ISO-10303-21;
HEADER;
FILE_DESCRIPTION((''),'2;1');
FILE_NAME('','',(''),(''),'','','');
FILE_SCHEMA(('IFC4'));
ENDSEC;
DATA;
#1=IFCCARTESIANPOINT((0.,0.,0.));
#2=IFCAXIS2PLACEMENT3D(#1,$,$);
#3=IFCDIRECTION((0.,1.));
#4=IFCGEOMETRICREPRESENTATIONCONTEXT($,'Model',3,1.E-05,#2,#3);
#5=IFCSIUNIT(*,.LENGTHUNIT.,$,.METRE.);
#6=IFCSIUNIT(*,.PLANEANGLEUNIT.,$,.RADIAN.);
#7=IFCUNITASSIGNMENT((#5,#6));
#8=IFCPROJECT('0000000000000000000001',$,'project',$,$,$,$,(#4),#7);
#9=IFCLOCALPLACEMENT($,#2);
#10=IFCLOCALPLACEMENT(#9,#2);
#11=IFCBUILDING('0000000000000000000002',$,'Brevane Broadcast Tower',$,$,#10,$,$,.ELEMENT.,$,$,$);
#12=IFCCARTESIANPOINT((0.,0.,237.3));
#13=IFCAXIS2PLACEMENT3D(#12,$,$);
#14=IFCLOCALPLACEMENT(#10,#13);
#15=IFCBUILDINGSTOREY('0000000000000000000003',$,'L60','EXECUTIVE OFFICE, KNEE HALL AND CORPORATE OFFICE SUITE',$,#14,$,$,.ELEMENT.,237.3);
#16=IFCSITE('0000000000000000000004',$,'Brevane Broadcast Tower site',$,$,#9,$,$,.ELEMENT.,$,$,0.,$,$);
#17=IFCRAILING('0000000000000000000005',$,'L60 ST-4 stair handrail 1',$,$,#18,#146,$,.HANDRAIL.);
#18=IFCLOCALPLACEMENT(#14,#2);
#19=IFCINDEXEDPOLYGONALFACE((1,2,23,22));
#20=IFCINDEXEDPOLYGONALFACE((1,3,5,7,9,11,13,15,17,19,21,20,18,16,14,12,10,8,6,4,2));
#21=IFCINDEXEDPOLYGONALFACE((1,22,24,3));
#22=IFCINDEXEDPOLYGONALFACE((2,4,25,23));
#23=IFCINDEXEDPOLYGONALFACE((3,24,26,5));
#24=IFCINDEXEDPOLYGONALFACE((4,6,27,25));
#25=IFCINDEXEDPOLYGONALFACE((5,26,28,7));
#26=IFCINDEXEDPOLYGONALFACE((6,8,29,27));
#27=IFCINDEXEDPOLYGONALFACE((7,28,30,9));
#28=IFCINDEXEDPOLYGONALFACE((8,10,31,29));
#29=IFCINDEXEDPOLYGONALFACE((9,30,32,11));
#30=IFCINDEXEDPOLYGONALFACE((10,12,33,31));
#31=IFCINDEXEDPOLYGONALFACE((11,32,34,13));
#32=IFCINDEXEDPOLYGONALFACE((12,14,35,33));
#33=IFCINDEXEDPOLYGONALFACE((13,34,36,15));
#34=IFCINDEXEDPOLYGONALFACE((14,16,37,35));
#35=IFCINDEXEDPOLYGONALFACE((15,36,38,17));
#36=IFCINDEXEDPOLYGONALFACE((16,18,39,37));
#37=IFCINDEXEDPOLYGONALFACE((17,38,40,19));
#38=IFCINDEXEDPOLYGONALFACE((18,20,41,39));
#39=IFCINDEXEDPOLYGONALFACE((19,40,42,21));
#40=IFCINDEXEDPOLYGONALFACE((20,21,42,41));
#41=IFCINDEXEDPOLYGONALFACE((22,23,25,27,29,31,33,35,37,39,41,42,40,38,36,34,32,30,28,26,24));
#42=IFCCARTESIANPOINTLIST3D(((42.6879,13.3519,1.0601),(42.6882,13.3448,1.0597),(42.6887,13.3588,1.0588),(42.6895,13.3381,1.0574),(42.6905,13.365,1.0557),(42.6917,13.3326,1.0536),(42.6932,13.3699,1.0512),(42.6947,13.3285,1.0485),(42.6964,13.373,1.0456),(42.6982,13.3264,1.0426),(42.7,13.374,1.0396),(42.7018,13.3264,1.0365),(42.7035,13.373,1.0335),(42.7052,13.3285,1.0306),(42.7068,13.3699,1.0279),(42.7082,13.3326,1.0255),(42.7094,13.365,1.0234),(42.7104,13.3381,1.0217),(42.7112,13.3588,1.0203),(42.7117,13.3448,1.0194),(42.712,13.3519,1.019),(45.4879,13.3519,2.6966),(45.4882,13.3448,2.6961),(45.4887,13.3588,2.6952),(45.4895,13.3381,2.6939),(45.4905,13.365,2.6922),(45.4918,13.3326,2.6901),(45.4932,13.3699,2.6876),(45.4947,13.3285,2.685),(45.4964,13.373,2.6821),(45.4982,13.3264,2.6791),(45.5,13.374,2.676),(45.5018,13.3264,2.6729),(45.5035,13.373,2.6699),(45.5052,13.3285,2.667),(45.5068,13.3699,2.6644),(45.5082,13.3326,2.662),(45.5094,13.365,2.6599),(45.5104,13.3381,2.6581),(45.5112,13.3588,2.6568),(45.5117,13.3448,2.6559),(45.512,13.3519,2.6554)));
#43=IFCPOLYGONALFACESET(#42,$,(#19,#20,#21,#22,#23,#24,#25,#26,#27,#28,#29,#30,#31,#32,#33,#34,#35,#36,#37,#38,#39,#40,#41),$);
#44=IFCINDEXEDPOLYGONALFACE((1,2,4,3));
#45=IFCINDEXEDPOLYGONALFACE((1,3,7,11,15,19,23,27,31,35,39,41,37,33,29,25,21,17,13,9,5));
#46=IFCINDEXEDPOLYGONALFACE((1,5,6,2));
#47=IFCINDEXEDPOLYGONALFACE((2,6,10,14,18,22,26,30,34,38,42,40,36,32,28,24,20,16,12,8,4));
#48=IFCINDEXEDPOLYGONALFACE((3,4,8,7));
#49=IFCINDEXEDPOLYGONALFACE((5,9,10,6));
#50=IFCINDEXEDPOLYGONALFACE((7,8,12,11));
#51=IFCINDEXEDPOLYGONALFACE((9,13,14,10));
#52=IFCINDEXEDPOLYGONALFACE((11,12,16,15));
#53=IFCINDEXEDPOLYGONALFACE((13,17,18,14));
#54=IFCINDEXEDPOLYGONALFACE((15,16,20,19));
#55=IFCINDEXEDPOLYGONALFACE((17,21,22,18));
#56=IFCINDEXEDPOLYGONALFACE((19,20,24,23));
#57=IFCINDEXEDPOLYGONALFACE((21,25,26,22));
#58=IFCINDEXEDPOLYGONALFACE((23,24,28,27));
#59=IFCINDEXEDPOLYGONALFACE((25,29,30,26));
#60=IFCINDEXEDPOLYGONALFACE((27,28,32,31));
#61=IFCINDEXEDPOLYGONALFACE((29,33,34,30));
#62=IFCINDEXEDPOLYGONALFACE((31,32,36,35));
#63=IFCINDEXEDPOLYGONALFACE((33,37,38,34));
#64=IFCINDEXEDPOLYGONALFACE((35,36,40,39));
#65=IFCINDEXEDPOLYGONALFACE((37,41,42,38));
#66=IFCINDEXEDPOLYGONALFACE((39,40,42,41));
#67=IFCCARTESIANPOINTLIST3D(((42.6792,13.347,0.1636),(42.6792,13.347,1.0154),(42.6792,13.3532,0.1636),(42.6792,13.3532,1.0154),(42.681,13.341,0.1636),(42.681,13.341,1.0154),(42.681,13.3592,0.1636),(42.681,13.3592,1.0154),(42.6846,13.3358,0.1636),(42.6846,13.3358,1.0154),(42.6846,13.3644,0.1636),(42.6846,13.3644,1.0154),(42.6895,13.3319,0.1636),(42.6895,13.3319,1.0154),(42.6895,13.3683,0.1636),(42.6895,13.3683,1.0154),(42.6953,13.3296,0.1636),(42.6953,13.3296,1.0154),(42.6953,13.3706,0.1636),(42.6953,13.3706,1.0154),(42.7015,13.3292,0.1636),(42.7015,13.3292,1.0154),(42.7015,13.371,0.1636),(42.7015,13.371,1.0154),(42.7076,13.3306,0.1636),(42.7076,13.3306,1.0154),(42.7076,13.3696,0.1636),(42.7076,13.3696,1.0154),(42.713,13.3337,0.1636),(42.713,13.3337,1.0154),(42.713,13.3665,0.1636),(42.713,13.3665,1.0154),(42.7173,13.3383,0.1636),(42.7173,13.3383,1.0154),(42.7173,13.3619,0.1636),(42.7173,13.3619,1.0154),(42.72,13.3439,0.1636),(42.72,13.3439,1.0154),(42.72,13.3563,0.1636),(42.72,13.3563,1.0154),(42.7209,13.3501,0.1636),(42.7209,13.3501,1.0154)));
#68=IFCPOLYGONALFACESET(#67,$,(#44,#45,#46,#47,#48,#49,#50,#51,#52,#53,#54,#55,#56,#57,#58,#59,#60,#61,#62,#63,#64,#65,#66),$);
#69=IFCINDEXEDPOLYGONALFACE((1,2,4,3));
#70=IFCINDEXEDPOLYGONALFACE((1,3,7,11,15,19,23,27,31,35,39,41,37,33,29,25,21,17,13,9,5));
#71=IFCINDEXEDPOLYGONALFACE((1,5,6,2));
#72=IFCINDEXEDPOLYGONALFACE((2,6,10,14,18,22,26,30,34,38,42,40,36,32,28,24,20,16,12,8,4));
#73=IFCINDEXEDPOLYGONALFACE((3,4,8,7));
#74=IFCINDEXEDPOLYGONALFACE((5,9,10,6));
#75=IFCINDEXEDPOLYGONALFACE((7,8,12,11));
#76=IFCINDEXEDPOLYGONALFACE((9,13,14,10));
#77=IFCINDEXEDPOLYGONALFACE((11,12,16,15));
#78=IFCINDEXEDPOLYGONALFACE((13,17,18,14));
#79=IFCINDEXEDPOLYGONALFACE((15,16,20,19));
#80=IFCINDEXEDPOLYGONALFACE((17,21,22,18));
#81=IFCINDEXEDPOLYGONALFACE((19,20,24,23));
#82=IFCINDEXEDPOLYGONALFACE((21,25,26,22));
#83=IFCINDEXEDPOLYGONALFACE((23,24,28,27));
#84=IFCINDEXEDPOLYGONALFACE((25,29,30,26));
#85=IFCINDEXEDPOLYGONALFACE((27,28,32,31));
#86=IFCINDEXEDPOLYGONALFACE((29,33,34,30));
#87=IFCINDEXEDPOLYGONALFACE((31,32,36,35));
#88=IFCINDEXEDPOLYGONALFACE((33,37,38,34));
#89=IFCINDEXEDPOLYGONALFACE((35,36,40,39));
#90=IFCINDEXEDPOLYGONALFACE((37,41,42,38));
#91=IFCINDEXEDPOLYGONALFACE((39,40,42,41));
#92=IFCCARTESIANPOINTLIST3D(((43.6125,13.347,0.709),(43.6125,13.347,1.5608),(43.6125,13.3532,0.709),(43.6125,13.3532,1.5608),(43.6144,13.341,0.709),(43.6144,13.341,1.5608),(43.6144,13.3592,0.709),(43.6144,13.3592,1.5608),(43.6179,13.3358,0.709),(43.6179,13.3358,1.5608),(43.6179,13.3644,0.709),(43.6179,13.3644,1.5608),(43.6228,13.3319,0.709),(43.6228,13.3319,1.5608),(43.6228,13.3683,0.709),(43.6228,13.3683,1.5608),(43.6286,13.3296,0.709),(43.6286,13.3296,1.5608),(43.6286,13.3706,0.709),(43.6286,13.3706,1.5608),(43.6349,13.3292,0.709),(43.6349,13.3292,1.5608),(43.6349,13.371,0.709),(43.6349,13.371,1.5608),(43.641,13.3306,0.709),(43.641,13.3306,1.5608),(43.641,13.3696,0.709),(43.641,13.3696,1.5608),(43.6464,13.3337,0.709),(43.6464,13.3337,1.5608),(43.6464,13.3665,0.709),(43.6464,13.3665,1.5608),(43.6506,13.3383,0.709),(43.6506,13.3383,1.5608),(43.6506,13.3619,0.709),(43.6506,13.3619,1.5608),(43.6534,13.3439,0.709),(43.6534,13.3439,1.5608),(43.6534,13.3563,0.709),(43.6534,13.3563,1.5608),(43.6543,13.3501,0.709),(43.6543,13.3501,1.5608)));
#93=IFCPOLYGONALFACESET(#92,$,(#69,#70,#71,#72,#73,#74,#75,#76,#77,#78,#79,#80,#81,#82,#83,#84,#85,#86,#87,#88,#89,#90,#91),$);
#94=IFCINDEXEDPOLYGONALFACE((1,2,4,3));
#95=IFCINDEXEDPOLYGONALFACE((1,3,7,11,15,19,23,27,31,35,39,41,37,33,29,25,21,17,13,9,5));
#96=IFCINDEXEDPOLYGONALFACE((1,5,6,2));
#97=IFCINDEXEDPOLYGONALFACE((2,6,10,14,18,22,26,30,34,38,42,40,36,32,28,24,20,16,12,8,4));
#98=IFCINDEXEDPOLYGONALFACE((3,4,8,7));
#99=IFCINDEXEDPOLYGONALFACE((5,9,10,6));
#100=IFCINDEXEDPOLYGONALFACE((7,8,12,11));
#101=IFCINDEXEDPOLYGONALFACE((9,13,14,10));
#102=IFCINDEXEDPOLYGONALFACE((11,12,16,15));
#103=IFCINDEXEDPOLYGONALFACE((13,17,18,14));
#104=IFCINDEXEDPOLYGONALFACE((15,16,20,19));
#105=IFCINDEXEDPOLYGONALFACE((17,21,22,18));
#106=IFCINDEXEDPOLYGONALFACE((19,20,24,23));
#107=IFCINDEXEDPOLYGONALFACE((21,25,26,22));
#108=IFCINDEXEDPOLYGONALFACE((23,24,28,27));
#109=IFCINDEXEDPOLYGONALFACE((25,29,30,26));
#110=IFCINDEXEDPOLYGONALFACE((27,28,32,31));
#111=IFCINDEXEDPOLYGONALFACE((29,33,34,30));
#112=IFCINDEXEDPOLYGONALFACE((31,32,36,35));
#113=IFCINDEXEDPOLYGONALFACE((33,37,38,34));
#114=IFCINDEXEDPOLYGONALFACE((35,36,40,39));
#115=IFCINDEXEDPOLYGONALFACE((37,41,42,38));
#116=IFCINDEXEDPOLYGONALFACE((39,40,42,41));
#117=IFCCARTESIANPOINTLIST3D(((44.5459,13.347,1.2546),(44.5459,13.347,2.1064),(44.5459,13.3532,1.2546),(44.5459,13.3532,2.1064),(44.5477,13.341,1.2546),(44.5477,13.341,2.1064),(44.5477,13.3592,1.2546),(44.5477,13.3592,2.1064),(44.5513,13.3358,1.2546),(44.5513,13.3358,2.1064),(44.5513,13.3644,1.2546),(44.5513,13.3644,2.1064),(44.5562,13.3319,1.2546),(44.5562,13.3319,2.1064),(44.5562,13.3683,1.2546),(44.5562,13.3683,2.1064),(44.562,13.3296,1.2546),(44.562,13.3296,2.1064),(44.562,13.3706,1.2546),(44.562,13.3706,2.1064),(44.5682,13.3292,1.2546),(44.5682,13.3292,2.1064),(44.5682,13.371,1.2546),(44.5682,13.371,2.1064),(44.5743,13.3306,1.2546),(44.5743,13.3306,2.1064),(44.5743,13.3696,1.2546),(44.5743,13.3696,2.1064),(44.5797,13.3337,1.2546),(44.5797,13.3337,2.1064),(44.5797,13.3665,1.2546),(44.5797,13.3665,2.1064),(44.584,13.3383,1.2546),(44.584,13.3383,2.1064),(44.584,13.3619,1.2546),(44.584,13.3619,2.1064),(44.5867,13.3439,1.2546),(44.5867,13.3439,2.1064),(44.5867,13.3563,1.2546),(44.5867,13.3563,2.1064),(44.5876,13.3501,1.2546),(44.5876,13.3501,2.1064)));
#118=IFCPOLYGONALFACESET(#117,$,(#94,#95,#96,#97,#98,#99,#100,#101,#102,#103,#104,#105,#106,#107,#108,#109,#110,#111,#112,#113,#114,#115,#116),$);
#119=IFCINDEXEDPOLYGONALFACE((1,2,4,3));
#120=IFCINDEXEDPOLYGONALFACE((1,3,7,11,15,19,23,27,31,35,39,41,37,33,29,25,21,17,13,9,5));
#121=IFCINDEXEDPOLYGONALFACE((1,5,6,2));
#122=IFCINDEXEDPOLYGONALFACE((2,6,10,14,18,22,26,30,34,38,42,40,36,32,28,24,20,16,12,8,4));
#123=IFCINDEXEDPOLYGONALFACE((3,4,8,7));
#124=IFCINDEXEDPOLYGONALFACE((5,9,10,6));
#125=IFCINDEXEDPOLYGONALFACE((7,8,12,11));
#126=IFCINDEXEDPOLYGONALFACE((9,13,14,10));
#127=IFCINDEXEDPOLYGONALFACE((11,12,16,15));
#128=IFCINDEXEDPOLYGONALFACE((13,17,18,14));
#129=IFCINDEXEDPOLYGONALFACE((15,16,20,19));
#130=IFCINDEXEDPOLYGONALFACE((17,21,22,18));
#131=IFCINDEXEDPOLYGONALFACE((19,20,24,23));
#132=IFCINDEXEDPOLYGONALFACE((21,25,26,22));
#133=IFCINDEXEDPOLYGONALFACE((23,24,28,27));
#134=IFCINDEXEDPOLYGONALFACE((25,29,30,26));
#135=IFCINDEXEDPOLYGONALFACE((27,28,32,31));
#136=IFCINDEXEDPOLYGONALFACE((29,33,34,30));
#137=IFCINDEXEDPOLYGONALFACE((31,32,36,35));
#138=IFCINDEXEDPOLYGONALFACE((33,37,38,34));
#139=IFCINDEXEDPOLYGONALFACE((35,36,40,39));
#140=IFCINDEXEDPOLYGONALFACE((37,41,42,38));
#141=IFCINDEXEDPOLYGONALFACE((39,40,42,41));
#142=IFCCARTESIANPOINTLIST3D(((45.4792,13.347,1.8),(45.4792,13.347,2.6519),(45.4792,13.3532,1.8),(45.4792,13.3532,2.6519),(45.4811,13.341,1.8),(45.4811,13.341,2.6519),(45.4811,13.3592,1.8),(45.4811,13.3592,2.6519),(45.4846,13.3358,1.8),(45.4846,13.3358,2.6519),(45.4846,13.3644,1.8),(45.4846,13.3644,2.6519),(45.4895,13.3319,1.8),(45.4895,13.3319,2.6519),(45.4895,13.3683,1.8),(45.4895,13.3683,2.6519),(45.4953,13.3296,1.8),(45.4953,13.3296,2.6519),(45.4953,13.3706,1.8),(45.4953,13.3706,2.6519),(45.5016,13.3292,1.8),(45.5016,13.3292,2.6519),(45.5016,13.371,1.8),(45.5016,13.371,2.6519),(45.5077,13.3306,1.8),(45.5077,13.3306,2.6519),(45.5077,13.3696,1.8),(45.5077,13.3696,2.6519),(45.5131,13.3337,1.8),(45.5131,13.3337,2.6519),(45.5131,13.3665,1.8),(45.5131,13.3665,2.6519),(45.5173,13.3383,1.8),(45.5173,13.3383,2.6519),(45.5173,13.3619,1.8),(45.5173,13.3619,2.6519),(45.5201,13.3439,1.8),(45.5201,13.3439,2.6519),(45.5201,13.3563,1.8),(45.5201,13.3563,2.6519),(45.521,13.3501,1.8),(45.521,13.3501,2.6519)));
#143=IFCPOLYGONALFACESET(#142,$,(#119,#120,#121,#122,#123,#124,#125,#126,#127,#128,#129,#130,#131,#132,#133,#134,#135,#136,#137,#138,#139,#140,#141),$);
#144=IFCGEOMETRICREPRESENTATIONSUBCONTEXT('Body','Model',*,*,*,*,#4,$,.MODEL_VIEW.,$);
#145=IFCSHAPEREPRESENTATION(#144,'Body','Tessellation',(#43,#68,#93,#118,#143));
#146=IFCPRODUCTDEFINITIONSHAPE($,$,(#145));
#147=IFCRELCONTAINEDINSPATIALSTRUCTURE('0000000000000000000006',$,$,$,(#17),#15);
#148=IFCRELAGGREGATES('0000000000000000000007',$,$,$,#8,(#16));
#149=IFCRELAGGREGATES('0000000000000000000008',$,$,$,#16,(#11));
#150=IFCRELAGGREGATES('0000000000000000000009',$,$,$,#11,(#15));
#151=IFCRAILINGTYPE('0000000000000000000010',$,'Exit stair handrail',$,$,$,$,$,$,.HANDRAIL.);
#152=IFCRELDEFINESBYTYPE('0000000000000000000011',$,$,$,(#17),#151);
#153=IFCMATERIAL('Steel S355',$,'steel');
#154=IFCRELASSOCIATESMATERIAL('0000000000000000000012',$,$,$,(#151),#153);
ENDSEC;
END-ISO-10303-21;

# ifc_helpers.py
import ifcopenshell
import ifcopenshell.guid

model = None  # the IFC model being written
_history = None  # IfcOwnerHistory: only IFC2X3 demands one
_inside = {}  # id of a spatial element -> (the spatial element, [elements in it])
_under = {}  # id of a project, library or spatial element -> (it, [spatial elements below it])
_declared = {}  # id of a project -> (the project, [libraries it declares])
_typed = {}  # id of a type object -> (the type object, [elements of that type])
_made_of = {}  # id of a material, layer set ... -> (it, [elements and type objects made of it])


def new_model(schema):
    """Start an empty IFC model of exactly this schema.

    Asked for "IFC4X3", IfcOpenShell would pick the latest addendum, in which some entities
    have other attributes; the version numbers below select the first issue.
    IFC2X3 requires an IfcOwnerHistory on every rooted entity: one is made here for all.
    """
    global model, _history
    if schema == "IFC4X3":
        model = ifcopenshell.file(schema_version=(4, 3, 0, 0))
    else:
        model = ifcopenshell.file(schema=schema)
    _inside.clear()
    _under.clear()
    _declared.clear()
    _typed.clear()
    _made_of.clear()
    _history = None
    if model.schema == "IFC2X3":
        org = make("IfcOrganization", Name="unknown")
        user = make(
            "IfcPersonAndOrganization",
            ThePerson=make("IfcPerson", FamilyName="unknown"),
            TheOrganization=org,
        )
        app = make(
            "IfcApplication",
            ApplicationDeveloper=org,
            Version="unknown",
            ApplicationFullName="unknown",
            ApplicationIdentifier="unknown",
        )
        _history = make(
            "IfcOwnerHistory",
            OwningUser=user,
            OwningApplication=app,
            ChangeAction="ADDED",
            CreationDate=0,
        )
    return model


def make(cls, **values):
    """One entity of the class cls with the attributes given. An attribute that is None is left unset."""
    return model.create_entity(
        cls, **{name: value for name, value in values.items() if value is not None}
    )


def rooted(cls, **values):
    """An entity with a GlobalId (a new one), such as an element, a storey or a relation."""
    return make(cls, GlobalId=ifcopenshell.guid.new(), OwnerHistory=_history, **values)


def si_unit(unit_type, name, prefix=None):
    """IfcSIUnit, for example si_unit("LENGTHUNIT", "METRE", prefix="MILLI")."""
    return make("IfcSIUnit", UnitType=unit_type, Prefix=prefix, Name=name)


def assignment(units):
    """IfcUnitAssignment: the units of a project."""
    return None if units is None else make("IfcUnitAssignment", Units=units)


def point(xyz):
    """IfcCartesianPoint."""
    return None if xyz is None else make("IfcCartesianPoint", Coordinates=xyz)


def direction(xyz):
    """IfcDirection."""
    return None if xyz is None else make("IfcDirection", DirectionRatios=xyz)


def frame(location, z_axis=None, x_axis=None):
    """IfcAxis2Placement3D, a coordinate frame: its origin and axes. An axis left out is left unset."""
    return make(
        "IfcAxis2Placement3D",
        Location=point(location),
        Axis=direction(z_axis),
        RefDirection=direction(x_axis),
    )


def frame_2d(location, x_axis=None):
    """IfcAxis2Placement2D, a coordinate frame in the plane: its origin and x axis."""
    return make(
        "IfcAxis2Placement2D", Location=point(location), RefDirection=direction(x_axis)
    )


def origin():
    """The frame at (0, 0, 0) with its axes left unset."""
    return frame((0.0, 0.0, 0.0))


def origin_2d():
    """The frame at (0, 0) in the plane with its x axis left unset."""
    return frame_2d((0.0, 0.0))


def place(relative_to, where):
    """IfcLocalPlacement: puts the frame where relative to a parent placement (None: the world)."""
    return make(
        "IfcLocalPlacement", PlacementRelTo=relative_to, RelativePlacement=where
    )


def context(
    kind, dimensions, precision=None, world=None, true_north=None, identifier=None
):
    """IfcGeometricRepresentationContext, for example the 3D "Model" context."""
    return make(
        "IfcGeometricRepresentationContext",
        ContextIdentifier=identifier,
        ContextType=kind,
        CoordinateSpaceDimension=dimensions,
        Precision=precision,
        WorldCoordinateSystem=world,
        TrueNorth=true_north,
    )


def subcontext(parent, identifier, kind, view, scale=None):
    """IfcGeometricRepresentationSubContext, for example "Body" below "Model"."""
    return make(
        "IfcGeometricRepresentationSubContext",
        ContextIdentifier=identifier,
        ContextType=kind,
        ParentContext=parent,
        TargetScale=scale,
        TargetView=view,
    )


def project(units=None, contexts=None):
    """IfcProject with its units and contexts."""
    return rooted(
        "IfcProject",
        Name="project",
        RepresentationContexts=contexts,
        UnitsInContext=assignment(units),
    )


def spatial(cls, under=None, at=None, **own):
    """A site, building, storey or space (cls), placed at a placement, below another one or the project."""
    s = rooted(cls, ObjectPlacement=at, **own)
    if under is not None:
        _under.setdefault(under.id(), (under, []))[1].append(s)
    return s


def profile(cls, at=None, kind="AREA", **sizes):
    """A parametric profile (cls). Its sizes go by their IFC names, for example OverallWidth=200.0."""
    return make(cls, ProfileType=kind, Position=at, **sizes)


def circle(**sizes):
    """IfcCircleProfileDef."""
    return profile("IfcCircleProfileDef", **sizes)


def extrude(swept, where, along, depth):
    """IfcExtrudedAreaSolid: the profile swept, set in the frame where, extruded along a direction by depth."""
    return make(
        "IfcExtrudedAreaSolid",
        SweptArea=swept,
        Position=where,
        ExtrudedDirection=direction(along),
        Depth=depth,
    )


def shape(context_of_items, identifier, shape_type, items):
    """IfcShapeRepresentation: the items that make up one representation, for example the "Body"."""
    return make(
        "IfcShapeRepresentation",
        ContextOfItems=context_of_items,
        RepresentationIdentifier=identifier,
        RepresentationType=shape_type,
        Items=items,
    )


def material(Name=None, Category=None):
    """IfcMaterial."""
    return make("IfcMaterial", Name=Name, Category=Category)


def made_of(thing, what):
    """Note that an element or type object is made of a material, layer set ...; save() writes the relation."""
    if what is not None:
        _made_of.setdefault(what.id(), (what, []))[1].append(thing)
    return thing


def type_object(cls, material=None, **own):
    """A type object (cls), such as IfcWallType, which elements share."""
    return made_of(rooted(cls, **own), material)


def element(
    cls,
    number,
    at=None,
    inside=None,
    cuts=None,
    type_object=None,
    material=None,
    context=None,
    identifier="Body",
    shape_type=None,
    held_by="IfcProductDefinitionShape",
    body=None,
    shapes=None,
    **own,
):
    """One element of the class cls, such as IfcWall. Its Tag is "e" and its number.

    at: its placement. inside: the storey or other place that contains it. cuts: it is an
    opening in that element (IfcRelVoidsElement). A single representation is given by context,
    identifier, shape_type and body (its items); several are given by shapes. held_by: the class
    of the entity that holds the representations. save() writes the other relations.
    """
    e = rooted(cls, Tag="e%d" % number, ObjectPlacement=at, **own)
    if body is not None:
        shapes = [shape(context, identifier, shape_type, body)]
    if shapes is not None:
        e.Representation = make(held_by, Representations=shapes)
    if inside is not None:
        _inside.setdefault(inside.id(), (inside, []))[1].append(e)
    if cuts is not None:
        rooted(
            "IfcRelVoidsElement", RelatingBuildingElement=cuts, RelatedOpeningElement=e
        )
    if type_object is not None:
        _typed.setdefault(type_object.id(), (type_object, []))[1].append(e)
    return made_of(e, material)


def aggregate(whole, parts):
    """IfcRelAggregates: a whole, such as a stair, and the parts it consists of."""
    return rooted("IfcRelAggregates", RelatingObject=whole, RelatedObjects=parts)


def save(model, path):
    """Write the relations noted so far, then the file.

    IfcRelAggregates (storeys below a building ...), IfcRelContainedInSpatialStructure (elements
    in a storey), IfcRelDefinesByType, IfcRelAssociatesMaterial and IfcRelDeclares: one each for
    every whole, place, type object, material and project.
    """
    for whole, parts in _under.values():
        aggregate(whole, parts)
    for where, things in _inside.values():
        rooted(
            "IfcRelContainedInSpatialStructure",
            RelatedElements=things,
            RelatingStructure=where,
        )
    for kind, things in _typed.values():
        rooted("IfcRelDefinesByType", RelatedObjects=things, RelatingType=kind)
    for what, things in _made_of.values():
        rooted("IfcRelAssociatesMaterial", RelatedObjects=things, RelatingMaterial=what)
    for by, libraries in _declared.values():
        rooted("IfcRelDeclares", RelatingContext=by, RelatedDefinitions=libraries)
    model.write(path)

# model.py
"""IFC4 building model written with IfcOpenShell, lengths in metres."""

from ifc_helpers import new_model, si_unit, direction, frame, origin, origin_2d, place, context, subcontext, project, spatial, circle, extrude, material, type_object, element, save


model = new_model("IFC4")

# Units and contexts
model_context = context("Model", 3, precision=1e-05, world=origin(), true_north=direction((0.0, 1.0)))
body_context = subcontext(model_context, "Body", "Model", "MODEL_VIEW")
ifc_project = project(units=[si_unit("LENGTHUNIT", "METRE"), si_unit("PLANEANGLEUNIT", "RADIAN")], contexts=[model_context])

# Site, building, storey
site_placement = place(None, origin())
site = spatial("IfcSite", under=ifc_project, at=site_placement, Name="Brevane Broadcast Tower site", CompositionType="ELEMENT", RefElevation=0.0)
building_placement = place(site_placement, origin())
building = spatial("IfcBuilding", under=site, at=building_placement, Name="Brevane Broadcast Tower", CompositionType="ELEMENT")
storey_placement = place(building_placement, frame((0.0, 0.0, 237.3)))
storey = spatial("IfcBuildingStorey", under=building, at=storey_placement, Name="L60", Description="EXECUTIVE OFFICE, KNEE HALL AND CORPORATE OFFICE SUITE", CompositionType="ELEMENT", Elevation=237.3)

# Railing
ifc_material_1 = material(Name="Steel S355", Category="steel")
railing_type_1 = type_object("IfcRailingType", Name="Exit stair handrail", PredefinedType="HANDRAIL", material=ifc_material_1)
railing_1_placement = place(storey_placement, frame((42.7, 13.3501, 0.1636)))
element("IfcRailing", 1, at=railing_1_placement, inside=storey, type_object=railing_type_1, Name="L60 ST-4 stair handrail 1", PredefinedType="HANDRAIL", context=body_context, shape_type="SweptSolid", body=[
    extrude(circle(Radius=0.0239, at=origin_2d()), frame((0.0, 0.0, 0.876), z_axis=(0.863361, 0.0, 0.504587), x_axis=(0.0, 1.0, 0.0)), (0.0, 0.0, 1.0), 3.2432),
    extrude(circle(Radius=0.021, at=origin_2d()), origin(), (0.0, 0.0, 1.0), 0.8518),
    extrude(circle(Radius=0.021, at=origin_2d()), frame((0.9333, 0.0, 0.5454)), (0.0, 0.0, 1.0), 0.8518),
    extrude(circle(Radius=0.021, at=origin_2d()), frame((1.8667, 0.0, 1.0911)), (0.0, 0.0, 1.0), 0.8518),
    extrude(circle(Radius=0.021, at=origin_2d()), frame((2.8, 0.0, 1.6365)), (0.0, 0.0, 1.0), 0.8518),
])

save(model, "model.ifc")
